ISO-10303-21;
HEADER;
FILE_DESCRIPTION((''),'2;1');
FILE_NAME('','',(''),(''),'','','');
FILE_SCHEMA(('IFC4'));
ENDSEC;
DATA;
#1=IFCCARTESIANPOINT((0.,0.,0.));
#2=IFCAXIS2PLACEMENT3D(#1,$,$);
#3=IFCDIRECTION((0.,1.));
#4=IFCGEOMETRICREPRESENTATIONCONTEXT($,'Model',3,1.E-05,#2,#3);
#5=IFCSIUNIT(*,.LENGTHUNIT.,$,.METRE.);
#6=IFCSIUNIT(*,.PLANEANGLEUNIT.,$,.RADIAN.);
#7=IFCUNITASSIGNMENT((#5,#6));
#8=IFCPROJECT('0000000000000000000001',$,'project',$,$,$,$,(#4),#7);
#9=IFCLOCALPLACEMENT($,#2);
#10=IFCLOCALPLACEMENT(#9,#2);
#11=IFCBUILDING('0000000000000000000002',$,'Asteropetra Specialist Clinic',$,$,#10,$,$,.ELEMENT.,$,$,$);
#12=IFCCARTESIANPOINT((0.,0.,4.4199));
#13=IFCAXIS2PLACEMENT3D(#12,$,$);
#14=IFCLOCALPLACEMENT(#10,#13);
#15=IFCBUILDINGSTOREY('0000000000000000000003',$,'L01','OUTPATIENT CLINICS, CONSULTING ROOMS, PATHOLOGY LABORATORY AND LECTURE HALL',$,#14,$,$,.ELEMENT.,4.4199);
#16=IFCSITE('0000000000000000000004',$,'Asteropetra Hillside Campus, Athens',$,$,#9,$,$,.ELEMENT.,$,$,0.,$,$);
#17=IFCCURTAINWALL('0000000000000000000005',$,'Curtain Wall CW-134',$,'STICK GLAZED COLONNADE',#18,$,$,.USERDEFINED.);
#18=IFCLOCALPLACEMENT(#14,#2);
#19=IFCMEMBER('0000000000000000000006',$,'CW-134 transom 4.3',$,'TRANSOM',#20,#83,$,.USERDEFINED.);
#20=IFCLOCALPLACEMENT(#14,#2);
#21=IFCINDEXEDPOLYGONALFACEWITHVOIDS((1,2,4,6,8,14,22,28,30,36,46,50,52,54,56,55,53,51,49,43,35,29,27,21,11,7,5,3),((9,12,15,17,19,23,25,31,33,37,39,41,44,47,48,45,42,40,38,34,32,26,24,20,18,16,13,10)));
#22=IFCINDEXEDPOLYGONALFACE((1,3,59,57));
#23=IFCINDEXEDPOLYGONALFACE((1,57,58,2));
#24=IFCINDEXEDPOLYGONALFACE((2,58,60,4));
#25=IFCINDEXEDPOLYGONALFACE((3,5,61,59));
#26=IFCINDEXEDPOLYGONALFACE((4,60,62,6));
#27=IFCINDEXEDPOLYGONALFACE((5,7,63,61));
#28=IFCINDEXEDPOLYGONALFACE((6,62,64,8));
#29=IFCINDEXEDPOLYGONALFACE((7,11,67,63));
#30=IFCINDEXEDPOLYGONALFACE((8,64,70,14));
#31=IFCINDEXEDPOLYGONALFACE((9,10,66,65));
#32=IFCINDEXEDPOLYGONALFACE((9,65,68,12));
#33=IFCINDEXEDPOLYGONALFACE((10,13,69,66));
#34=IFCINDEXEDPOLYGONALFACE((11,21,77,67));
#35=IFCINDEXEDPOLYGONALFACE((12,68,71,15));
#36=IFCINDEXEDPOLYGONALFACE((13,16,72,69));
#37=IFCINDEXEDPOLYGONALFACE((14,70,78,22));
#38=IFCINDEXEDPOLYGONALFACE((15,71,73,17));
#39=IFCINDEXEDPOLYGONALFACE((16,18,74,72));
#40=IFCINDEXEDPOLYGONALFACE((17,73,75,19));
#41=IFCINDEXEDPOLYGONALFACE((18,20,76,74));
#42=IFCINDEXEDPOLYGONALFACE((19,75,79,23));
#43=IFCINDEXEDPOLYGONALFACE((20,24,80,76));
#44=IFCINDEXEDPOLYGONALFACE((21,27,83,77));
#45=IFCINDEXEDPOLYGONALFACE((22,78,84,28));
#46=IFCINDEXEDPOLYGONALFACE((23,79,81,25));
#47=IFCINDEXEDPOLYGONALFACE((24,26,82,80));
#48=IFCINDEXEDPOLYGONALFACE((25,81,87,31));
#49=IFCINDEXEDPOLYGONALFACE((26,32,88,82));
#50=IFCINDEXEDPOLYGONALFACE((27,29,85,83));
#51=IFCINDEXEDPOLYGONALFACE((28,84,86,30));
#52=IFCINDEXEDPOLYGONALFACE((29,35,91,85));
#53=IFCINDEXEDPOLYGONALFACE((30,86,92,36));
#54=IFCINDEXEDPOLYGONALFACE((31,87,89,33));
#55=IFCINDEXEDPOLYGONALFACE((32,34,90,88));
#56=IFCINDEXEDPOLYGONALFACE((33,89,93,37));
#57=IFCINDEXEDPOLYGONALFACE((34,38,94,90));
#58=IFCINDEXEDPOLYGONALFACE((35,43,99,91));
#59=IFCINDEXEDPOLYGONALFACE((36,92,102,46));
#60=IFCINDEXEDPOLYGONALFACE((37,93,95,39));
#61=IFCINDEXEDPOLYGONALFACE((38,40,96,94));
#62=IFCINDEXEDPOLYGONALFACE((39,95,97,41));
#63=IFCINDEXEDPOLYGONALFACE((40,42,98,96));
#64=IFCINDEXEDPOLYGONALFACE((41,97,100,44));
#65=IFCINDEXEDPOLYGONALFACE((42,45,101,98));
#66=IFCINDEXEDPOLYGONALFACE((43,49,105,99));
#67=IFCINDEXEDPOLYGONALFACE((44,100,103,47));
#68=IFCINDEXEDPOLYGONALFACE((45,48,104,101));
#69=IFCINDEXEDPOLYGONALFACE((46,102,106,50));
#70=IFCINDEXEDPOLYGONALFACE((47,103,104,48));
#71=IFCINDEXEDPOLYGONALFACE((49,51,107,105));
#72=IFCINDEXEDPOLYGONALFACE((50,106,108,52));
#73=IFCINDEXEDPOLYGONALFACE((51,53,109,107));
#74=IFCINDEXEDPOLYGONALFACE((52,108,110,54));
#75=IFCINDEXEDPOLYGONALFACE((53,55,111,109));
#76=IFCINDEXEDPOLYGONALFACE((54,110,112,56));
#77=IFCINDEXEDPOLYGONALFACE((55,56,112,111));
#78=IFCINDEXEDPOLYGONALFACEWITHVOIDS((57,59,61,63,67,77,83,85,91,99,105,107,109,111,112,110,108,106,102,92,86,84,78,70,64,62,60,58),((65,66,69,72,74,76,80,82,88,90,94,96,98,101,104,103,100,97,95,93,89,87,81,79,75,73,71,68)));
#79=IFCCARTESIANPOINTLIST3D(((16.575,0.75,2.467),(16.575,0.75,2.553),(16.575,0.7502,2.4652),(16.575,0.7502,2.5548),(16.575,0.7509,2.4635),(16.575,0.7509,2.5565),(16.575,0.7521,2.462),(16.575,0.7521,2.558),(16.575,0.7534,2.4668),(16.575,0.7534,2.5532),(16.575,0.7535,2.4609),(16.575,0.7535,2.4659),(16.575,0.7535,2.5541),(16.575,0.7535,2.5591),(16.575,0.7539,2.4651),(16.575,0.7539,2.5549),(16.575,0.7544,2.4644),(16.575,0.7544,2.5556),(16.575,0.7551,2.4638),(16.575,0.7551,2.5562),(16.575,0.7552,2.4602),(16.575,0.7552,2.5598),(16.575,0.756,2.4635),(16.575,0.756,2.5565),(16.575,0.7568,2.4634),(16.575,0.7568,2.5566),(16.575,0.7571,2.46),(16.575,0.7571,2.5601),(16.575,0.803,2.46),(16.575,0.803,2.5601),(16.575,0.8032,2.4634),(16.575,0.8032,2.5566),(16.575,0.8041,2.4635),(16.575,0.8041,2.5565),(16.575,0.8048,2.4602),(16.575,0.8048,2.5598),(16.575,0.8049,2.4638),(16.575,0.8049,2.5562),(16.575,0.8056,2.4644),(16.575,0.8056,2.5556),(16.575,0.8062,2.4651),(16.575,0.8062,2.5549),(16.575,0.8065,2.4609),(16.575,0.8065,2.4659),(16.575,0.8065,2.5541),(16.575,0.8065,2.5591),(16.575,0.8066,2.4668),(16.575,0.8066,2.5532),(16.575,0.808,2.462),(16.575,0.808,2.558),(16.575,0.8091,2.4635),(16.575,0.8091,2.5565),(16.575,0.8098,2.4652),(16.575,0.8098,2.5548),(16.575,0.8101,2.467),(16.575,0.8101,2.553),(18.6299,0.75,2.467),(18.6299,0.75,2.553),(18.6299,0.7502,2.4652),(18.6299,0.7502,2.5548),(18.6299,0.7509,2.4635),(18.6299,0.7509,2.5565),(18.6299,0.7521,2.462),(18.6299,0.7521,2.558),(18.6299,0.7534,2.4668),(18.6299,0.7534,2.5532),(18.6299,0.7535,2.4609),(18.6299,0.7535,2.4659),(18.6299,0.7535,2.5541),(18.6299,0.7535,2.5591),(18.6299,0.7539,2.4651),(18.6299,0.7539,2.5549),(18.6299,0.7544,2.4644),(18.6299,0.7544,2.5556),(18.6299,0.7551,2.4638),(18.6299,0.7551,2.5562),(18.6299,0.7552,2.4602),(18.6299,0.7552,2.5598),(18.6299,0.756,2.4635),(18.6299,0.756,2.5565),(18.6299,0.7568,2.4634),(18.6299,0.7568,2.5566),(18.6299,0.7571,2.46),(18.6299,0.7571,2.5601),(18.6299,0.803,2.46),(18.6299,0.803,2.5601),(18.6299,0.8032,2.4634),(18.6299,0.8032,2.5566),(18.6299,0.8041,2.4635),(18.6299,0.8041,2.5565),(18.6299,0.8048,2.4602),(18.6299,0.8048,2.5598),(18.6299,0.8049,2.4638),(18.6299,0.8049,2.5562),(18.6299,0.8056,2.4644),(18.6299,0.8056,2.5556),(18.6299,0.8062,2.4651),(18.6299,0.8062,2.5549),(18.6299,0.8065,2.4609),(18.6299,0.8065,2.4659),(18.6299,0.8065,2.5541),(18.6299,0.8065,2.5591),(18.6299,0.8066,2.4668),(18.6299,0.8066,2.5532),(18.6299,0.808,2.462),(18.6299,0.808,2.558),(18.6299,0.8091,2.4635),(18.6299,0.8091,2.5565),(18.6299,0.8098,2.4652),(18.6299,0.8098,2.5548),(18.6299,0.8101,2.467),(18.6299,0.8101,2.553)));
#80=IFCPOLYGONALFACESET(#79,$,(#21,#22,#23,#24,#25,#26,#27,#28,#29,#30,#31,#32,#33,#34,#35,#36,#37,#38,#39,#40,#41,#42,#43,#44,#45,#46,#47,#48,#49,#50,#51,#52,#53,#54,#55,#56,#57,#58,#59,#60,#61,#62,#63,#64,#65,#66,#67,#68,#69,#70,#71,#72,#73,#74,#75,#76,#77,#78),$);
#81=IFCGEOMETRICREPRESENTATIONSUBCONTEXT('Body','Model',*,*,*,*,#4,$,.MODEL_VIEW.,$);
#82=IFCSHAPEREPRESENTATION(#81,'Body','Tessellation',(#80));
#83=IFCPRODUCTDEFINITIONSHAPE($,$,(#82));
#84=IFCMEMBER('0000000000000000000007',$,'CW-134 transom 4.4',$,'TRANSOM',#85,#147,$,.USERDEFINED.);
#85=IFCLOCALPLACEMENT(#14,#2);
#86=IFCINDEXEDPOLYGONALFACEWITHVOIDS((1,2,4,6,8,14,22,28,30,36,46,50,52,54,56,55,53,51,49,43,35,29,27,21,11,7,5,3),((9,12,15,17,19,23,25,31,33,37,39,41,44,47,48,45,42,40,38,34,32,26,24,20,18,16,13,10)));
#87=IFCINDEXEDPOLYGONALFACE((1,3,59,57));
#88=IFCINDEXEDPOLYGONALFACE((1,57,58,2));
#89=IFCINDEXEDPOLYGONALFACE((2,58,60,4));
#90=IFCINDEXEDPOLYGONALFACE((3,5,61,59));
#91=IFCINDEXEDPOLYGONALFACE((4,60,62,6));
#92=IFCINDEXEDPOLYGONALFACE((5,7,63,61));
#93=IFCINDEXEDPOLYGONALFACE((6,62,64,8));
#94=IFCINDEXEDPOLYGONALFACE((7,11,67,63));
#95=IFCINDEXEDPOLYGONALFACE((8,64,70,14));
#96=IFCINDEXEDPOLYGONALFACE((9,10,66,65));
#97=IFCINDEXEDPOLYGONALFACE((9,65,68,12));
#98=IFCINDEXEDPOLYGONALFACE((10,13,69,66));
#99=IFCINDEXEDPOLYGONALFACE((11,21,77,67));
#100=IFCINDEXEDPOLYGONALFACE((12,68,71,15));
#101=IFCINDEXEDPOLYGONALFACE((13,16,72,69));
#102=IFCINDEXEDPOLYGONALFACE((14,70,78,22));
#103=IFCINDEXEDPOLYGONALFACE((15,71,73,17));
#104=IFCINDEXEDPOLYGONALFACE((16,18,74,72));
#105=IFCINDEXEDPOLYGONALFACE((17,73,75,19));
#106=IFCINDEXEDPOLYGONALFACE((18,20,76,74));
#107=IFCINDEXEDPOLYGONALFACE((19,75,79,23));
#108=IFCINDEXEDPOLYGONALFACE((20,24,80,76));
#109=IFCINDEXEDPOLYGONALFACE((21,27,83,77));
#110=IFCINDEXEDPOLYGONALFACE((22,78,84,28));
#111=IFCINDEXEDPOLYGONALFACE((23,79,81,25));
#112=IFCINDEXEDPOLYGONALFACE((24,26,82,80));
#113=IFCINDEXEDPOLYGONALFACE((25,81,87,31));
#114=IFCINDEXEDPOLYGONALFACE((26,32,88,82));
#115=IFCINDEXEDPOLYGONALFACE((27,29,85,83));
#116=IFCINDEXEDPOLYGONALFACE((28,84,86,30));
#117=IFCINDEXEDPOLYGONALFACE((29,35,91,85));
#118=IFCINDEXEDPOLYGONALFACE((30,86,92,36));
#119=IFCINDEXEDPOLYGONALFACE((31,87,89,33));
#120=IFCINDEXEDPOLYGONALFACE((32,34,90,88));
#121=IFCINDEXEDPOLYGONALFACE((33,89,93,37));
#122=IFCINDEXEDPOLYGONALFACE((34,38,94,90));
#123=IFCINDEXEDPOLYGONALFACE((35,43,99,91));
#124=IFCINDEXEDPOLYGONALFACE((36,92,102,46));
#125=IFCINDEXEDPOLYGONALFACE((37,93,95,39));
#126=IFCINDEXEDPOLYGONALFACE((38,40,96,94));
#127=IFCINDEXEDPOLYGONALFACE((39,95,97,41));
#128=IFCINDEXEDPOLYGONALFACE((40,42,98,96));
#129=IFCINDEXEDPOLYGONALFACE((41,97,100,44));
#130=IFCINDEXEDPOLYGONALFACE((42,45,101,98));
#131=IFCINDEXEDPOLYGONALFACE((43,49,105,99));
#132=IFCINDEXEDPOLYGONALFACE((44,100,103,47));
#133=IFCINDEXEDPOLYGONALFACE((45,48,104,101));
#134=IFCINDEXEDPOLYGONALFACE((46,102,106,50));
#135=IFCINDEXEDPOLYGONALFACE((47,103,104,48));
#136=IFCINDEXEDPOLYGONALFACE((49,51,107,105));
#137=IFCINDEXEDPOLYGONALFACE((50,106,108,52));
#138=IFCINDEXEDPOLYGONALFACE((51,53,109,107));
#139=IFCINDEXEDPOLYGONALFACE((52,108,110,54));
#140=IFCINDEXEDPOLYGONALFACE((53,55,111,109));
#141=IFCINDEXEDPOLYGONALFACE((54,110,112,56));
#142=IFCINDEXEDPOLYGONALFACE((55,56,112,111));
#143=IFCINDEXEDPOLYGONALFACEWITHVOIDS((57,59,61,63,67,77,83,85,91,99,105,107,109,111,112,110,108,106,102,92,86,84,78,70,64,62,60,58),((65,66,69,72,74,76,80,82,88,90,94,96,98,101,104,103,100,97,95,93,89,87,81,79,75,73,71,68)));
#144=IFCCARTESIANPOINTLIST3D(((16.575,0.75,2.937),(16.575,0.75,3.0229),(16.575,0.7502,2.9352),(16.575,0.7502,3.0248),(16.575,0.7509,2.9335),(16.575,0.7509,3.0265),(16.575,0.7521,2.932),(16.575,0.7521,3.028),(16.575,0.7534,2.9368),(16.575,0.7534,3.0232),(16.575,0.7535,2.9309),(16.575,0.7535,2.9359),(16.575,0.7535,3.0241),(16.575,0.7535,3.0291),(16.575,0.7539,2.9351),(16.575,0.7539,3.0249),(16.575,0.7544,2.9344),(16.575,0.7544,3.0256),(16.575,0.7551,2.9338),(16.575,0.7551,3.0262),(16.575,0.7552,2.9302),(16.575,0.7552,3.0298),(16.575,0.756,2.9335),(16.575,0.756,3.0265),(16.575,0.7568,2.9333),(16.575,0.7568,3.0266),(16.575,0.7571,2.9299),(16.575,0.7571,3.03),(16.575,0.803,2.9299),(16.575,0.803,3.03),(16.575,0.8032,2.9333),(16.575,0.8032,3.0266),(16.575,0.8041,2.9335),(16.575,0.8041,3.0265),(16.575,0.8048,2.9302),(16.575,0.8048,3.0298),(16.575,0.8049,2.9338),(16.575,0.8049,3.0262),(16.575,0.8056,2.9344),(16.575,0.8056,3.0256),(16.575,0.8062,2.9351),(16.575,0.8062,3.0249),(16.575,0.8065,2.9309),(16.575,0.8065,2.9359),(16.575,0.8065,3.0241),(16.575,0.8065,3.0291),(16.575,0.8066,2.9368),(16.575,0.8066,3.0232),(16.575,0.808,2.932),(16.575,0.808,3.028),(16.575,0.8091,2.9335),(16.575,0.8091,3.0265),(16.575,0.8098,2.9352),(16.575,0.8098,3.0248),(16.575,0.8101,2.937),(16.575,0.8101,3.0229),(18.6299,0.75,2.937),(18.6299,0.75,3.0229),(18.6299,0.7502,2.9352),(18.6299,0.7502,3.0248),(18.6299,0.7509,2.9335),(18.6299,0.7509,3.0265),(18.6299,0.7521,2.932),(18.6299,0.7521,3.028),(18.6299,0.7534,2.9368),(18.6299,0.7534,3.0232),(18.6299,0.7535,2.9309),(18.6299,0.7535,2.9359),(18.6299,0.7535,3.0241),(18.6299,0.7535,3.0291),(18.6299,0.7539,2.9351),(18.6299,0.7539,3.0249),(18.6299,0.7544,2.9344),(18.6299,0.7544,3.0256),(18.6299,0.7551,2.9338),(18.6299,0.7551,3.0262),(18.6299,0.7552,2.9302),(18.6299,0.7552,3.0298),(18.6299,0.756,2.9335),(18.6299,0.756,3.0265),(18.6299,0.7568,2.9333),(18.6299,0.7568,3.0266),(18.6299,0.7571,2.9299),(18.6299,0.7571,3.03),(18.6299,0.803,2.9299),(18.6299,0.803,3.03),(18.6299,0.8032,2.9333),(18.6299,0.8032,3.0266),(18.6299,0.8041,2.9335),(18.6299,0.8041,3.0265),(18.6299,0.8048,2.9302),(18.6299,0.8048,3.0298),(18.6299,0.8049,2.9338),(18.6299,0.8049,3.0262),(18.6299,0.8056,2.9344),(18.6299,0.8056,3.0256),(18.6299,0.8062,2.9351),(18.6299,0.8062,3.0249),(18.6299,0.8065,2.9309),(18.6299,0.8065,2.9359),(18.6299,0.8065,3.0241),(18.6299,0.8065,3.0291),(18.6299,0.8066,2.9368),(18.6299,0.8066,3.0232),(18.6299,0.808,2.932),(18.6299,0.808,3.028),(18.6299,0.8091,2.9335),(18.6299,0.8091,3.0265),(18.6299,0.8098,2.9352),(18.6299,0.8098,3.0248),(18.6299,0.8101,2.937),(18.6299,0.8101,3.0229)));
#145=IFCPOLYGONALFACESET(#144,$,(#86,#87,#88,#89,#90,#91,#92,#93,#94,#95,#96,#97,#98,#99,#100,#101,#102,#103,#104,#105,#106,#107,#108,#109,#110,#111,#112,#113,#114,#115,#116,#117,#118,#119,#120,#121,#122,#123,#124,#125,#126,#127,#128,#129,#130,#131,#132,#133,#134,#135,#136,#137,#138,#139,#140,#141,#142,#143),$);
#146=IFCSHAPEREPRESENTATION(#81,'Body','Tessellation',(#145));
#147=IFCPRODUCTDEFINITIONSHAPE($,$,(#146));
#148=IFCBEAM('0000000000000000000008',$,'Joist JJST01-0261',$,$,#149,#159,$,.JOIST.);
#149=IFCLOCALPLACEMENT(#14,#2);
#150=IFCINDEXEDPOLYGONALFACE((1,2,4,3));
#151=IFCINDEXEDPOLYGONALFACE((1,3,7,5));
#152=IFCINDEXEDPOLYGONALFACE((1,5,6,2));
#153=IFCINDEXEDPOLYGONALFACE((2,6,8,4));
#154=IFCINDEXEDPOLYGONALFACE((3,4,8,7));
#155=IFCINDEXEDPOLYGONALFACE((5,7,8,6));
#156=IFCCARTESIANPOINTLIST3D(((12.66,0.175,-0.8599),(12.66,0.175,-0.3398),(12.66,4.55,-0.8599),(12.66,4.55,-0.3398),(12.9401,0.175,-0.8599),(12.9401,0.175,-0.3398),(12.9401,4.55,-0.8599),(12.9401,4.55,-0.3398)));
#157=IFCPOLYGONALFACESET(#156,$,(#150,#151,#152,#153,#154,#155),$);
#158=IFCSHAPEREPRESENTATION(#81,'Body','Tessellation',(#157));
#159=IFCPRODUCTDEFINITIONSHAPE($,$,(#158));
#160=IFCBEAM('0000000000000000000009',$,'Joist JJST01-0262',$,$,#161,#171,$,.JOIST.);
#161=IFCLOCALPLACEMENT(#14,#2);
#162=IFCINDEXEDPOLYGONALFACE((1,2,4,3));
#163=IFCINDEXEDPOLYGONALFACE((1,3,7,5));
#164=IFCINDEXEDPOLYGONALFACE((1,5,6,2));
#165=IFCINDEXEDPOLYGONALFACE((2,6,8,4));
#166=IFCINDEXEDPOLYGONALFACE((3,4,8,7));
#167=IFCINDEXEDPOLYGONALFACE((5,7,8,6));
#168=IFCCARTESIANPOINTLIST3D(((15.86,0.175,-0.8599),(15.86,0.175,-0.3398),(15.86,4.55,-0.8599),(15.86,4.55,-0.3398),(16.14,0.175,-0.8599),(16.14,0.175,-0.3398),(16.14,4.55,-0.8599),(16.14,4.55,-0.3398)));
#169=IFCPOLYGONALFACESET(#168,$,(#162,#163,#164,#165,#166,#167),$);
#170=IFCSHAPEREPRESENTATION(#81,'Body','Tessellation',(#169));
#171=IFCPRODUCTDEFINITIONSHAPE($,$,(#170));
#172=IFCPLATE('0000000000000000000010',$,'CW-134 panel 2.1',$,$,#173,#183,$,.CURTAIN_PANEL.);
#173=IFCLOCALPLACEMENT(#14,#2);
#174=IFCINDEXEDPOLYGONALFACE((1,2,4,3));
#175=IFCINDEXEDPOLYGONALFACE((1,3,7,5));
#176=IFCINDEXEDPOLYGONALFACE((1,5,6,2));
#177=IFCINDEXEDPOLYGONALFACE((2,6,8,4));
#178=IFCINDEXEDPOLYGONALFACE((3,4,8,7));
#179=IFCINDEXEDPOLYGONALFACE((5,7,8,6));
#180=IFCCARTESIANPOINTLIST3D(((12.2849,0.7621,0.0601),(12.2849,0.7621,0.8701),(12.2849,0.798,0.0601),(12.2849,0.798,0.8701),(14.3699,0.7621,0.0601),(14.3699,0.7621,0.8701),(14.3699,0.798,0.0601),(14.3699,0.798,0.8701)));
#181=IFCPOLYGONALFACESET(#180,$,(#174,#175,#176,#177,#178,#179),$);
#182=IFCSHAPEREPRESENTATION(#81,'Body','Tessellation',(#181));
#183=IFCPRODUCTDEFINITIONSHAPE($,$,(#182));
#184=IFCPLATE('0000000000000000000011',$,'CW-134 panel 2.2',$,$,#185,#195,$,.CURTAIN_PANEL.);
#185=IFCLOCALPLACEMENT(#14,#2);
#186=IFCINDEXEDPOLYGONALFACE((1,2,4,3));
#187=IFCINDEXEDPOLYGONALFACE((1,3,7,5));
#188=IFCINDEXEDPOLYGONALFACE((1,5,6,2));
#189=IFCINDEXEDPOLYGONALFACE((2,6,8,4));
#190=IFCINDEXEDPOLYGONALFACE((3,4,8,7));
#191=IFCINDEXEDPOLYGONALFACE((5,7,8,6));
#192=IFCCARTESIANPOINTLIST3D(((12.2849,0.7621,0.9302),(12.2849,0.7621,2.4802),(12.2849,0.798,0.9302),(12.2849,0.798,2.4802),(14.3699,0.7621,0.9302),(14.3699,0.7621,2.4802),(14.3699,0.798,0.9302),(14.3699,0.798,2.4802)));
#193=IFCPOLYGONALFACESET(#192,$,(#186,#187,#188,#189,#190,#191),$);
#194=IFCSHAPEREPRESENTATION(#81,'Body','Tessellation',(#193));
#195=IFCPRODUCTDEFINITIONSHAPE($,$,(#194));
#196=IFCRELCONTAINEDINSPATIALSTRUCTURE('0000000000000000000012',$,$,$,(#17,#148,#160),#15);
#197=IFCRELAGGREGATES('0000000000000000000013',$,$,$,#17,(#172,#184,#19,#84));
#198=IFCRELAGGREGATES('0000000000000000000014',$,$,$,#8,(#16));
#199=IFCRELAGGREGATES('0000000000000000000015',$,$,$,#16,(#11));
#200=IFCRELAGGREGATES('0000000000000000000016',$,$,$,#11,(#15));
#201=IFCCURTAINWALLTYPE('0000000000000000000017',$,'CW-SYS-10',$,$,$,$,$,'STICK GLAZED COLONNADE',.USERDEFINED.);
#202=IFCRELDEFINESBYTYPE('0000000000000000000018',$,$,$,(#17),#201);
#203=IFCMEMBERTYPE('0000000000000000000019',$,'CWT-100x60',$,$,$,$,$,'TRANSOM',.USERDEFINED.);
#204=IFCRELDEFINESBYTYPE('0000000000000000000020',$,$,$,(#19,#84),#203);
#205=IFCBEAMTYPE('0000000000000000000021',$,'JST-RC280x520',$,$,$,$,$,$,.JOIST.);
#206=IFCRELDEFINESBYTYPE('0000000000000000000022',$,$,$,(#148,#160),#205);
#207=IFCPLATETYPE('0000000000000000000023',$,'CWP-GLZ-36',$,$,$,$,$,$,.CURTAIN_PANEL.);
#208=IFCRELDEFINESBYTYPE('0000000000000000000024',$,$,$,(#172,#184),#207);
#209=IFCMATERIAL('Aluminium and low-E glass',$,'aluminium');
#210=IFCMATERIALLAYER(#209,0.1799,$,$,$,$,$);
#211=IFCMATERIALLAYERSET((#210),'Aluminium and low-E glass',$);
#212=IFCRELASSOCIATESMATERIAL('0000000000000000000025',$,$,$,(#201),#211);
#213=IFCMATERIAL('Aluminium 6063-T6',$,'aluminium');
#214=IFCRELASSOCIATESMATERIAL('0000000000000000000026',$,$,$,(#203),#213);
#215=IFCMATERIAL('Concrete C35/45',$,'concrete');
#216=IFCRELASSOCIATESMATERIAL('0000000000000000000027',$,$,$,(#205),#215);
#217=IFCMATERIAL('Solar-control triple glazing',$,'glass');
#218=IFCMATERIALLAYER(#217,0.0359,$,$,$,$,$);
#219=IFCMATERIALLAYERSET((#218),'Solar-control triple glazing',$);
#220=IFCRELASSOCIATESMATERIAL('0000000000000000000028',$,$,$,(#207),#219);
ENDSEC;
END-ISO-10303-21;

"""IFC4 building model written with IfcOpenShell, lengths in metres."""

from ifc_helpers import new_model, si_unit, direction, frame, origin, origin_2d, place, context, subcontext, project, spatial, rectangle, hollow_rectangle, extrude, material, layer, layer_set, material_profile, profile_set, type_object, element, aggregate, save


model = new_model("IFC4")

# Units and contexts
model_context = context("Model", 3, precision=1e-05, world=origin(), true_north=direction((0.0, 1.0)))
body_context = subcontext(model_context, "Body", "Model", "MODEL_VIEW")
ifc_project = project(units=[si_unit("LENGTHUNIT", "METRE"), si_unit("PLANEANGLEUNIT", "RADIAN")], contexts=[model_context])

# Site, building, storey
site_placement = place(None, origin())
site = spatial("IfcSite", under=ifc_project, at=site_placement, Name="Asteropetra Hillside Campus, Athens", CompositionType="ELEMENT", RefElevation=0.0)
building_placement = place(site_placement, origin())
building = spatial("IfcBuilding", under=site, at=building_placement, Name="Asteropetra Specialist Clinic", CompositionType="ELEMENT")
storey_placement = place(building_placement, frame((0.0, 0.0, 4.4199)))
storey = spatial("IfcBuildingStorey", under=building, at=storey_placement, Name="L01", Description="OUTPATIENT CLINICS, CONSULTING ROOMS, PATHOLOGY LABORATORY AND LECTURE HALL", CompositionType="ELEMENT", Elevation=4.4199)

# Curtain wall, members
ifc_material_1 = material(Name="Aluminium and low-E glass", Category="aluminium")
ifc_layer_1 = layer(ifc_material_1, 0.1799)
ifc_layer_set_1 = layer_set([ifc_layer_1], Name="Aluminium and low-E glass")
curtain_wall_type = type_object("IfcCurtainWallType", Name="CW-SYS-10", ElementType="STICK GLAZED COLONNADE", PredefinedType="USERDEFINED", material=ifc_layer_set_1)
curtain_wall_placement = place(storey_placement, origin())
curtain_wall = element("IfcCurtainWall", 1, at=curtain_wall_placement, inside=storey, type_object=curtain_wall_type, Name="Curtain Wall CW-134", ObjectType="STICK GLAZED COLONNADE", PredefinedType="USERDEFINED")
ifc_material_2 = material(Name="Aluminium 6063-T6", Category="aluminium")
ifc_material_profile_1 = material_profile(ifc_material_2, hollow_rectangle(XDim=0.0601, YDim=0.1001, WallThickness=0.0034, InnerFilletRadius=0.0034, OuterFilletRadius=0.0071, at=origin_2d()), Name="TRN 100x60x3.5")
ifc_profile_set_1 = profile_set([ifc_material_profile_1], Name="Aluminium 6063-T6")
member_type_1 = type_object("IfcMemberType", Name="CWT-100x60", ElementType="TRANSOM", PredefinedType="USERDEFINED", material=ifc_profile_set_1)
member_1_placement = place(storey_placement, frame((16.575, 0.78, 2.51), z_axis=(1.0, 0.0, 0.0), x_axis=(0.0, 1.0, 0.0)))
member_1 = element("IfcMember", 2, at=member_1_placement, type_object=member_type_1, Name="CW-134 transom 4.3", ObjectType="TRANSOM", PredefinedType="USERDEFINED", context=body_context, shape_type="SweptSolid", body=[
    extrude(hollow_rectangle(XDim=0.0601, YDim=0.1001, WallThickness=0.0034, InnerFilletRadius=0.0034, OuterFilletRadius=0.0071, at=origin_2d()), origin(), (0.0, 0.0, 1.0), 2.0549),
])
member_2_placement = place(storey_placement, frame((16.575, 0.78, 2.98), z_axis=(1.0, 0.0, 0.0), x_axis=(0.0, 1.0, 0.0)))
member_2 = element("IfcMember", 3, at=member_2_placement, type_object=member_type_1, Name="CW-134 transom 4.4", ObjectType="TRANSOM", PredefinedType="USERDEFINED", context=body_context, shape_type="SweptSolid", body=[
    extrude(hollow_rectangle(XDim=0.0601, YDim=0.1001, WallThickness=0.0034, InnerFilletRadius=0.0034, OuterFilletRadius=0.0071, at=origin_2d()), origin(), (0.0, 0.0, 1.0), 2.0549),
])

# Beams
ifc_material_3 = material(Name="Concrete C35/45", Category="concrete")
ifc_material_profile_2 = material_profile(ifc_material_3, rectangle(XDim=0.28, YDim=0.52, at=origin_2d()), Name="RCJ 280x520")
ifc_profile_set_2 = profile_set([ifc_material_profile_2], Name="Concrete C35/45")
beam_type = type_object("IfcBeamType", Name="JST-RC280x520", PredefinedType="JOIST", material=ifc_profile_set_2)
for number, where, z_axis, x_axis, name in (
    (4, (12.8, 0.175, -0.5999), (0.0, 1.0, 0.0), (-1.0, 0.0, 0.0), "Joist JJST01-0261"),
    (5, (16.0, 0.175, -0.5999), (0.0, 1.0, 0.0), (-1.0, 0.0, 0.0), "Joist JJST01-0262"),
):
    element("IfcBeam", number, at=place(storey_placement, frame(where, z_axis=z_axis, x_axis=x_axis)), inside=storey, type_object=beam_type, Name=name, PredefinedType="JOIST", context=body_context, shape_type="SweptSolid", body=[
        extrude(rectangle(XDim=0.28, YDim=0.52, at=origin_2d()), origin(), (0.0, 0.0, 1.0), 4.375),
    ])

# Plates
ifc_material_4 = material(Name="Solar-control triple glazing", Category="glass")
ifc_layer_2 = layer(ifc_material_4, 0.0359)
ifc_layer_set_2 = layer_set([ifc_layer_2], Name="Solar-control triple glazing")
plate_type = type_object("IfcPlateType", Name="CWP-GLZ-36", PredefinedType="CURTAIN_PANEL", material=ifc_layer_set_2)
plate_1_placement = place(storey_placement, frame((13.3274, 0.78, 0.0601), z_axis=(0.0, 0.0, 1.0), x_axis=(1.0, 0.0, 0.0)))
plate_1 = element("IfcPlate", 6, at=plate_1_placement, type_object=plate_type, Name="CW-134 panel 2.1", PredefinedType="CURTAIN_PANEL", context=body_context, shape_type="SweptSolid", body=[
    extrude(rectangle(XDim=2.085, YDim=0.0359, at=origin_2d()), origin(), (0.0, 0.0, 1.0), 0.8101),
])
plate_2_placement = place(storey_placement, frame((13.3274, 0.78, 0.9302), z_axis=(0.0, 0.0, 1.0), x_axis=(1.0, 0.0, 0.0)))
plate_2 = element("IfcPlate", 7, at=plate_2_placement, type_object=plate_type, Name="CW-134 panel 2.2", PredefinedType="CURTAIN_PANEL", context=body_context, shape_type="SweptSolid", body=[
    extrude(rectangle(XDim=2.085, YDim=0.0359, at=origin_2d()), origin(), (0.0, 0.0, 1.0), 1.55),
])
aggregate(curtain_wall, [plate_1, plate_2, member_1, member_2])

save(model, "model.ifc")
